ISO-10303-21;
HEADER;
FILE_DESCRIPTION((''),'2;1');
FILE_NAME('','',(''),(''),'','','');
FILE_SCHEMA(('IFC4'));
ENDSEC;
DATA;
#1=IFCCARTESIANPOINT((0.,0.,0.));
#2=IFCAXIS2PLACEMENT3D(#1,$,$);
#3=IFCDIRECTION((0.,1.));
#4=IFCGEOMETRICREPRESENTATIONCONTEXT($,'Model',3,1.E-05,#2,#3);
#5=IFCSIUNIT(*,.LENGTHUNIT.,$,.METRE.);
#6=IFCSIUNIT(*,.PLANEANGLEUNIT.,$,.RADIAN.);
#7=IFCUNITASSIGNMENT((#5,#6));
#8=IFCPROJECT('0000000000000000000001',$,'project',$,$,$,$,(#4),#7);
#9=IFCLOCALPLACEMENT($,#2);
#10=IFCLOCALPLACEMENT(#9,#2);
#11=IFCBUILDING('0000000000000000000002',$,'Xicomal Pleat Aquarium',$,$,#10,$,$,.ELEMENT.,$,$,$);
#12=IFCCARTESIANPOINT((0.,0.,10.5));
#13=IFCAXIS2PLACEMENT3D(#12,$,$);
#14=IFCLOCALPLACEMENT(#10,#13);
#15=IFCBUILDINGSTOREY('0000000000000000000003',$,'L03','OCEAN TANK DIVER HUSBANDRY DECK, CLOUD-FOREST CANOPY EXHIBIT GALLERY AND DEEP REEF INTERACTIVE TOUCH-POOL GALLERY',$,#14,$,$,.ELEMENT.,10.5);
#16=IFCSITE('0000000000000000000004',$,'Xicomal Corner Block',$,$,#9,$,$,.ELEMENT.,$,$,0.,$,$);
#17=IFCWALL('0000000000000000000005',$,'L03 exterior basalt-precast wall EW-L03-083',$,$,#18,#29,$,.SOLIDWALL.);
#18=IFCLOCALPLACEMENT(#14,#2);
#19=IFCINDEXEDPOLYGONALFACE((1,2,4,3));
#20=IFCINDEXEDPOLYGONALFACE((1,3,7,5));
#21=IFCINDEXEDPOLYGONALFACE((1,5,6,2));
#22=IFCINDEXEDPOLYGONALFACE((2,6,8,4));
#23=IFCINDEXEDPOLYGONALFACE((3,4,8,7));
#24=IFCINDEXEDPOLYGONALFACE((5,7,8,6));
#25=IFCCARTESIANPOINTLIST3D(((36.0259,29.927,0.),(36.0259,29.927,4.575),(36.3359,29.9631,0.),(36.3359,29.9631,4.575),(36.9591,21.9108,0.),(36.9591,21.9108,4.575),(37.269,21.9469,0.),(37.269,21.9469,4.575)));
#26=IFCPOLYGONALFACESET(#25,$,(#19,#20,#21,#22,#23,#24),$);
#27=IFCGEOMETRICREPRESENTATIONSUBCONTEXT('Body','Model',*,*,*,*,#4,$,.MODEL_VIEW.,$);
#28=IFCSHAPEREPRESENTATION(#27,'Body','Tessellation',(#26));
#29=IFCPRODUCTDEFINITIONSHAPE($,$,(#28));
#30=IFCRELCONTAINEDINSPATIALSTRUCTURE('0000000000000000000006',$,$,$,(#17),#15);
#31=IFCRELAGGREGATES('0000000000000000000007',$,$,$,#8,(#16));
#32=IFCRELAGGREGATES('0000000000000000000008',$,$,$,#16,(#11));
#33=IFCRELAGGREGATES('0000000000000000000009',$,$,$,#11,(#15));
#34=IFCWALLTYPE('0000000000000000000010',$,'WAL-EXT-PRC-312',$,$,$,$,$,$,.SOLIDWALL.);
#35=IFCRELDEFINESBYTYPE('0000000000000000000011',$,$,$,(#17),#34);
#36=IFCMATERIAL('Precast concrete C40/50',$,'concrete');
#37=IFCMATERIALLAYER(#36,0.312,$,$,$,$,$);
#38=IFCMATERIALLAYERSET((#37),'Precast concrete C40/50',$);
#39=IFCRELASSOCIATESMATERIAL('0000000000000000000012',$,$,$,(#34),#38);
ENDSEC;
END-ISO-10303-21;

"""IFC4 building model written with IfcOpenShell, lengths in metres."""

from ifc_helpers import new_model, si_unit, direction, frame, frame_2d, origin, place, context, subcontext, project, spatial, rectangle, extrude, material, layer, layer_set, type_object, element, save


model = new_model("IFC4")

# Units and contexts
model_context = context("Model", 3, precision=1e-05, world=origin(), true_north=direction((0.0, 1.0)))
body_context = subcontext(model_context, "Body", "Model", "MODEL_VIEW")
ifc_project = project(units=[si_unit("LENGTHUNIT", "METRE"), si_unit("PLANEANGLEUNIT", "RADIAN")], contexts=[model_context])

# Site, building, storey
site_placement = place(None, origin())
site = spatial("IfcSite", under=ifc_project, at=site_placement, Name="Xicomal Corner Block", CompositionType="ELEMENT", RefElevation=0.0)
building_placement = place(site_placement, origin())
building = spatial("IfcBuilding", under=site, at=building_placement, Name="Xicomal Pleat Aquarium", CompositionType="ELEMENT")
storey_placement = place(building_placement, frame((0.0, 0.0, 10.5)))
storey = spatial("IfcBuildingStorey", under=building, at=storey_placement, Name="L03", Description="OCEAN TANK DIVER HUSBANDRY DECK, CLOUD-FOREST CANOPY EXHIBIT GALLERY AND DEEP REEF INTERACTIVE TOUCH-POOL GALLERY", CompositionType="ELEMENT", Elevation=10.5)

# Wall
ifc_material_1 = material(Name="Precast concrete C40/50", Category="concrete")
ifc_layer_1 = layer(ifc_material_1, 0.312)
ifc_layer_set_1 = layer_set([ifc_layer_1], Name="Precast concrete C40/50")
wall_type_1 = type_object("IfcWallType", Name="WAL-EXT-PRC-312", PredefinedType="SOLIDWALL", material=ifc_layer_set_1)
wall_1_placement = place(storey_placement, frame((36.1809, 29.9451, 0.0), z_axis=(0.0, 0.0, 1.0), x_axis=(0.115623, -0.993293, 0.0)))
element("IfcWall", 1, at=wall_1_placement, inside=storey, type_object=wall_type_1, Name="L03 exterior basalt-precast wall EW-L03-083", PredefinedType="SOLIDWALL", context=body_context, shape_type="SweptSolid", body=[
    extrude(rectangle(XDim=8.0703, YDim=0.312, at=frame_2d((4.0352, 0.0))), origin(), (0.0, 0.0, 1.0), 4.575),
])

save(model, "model.ifc")
